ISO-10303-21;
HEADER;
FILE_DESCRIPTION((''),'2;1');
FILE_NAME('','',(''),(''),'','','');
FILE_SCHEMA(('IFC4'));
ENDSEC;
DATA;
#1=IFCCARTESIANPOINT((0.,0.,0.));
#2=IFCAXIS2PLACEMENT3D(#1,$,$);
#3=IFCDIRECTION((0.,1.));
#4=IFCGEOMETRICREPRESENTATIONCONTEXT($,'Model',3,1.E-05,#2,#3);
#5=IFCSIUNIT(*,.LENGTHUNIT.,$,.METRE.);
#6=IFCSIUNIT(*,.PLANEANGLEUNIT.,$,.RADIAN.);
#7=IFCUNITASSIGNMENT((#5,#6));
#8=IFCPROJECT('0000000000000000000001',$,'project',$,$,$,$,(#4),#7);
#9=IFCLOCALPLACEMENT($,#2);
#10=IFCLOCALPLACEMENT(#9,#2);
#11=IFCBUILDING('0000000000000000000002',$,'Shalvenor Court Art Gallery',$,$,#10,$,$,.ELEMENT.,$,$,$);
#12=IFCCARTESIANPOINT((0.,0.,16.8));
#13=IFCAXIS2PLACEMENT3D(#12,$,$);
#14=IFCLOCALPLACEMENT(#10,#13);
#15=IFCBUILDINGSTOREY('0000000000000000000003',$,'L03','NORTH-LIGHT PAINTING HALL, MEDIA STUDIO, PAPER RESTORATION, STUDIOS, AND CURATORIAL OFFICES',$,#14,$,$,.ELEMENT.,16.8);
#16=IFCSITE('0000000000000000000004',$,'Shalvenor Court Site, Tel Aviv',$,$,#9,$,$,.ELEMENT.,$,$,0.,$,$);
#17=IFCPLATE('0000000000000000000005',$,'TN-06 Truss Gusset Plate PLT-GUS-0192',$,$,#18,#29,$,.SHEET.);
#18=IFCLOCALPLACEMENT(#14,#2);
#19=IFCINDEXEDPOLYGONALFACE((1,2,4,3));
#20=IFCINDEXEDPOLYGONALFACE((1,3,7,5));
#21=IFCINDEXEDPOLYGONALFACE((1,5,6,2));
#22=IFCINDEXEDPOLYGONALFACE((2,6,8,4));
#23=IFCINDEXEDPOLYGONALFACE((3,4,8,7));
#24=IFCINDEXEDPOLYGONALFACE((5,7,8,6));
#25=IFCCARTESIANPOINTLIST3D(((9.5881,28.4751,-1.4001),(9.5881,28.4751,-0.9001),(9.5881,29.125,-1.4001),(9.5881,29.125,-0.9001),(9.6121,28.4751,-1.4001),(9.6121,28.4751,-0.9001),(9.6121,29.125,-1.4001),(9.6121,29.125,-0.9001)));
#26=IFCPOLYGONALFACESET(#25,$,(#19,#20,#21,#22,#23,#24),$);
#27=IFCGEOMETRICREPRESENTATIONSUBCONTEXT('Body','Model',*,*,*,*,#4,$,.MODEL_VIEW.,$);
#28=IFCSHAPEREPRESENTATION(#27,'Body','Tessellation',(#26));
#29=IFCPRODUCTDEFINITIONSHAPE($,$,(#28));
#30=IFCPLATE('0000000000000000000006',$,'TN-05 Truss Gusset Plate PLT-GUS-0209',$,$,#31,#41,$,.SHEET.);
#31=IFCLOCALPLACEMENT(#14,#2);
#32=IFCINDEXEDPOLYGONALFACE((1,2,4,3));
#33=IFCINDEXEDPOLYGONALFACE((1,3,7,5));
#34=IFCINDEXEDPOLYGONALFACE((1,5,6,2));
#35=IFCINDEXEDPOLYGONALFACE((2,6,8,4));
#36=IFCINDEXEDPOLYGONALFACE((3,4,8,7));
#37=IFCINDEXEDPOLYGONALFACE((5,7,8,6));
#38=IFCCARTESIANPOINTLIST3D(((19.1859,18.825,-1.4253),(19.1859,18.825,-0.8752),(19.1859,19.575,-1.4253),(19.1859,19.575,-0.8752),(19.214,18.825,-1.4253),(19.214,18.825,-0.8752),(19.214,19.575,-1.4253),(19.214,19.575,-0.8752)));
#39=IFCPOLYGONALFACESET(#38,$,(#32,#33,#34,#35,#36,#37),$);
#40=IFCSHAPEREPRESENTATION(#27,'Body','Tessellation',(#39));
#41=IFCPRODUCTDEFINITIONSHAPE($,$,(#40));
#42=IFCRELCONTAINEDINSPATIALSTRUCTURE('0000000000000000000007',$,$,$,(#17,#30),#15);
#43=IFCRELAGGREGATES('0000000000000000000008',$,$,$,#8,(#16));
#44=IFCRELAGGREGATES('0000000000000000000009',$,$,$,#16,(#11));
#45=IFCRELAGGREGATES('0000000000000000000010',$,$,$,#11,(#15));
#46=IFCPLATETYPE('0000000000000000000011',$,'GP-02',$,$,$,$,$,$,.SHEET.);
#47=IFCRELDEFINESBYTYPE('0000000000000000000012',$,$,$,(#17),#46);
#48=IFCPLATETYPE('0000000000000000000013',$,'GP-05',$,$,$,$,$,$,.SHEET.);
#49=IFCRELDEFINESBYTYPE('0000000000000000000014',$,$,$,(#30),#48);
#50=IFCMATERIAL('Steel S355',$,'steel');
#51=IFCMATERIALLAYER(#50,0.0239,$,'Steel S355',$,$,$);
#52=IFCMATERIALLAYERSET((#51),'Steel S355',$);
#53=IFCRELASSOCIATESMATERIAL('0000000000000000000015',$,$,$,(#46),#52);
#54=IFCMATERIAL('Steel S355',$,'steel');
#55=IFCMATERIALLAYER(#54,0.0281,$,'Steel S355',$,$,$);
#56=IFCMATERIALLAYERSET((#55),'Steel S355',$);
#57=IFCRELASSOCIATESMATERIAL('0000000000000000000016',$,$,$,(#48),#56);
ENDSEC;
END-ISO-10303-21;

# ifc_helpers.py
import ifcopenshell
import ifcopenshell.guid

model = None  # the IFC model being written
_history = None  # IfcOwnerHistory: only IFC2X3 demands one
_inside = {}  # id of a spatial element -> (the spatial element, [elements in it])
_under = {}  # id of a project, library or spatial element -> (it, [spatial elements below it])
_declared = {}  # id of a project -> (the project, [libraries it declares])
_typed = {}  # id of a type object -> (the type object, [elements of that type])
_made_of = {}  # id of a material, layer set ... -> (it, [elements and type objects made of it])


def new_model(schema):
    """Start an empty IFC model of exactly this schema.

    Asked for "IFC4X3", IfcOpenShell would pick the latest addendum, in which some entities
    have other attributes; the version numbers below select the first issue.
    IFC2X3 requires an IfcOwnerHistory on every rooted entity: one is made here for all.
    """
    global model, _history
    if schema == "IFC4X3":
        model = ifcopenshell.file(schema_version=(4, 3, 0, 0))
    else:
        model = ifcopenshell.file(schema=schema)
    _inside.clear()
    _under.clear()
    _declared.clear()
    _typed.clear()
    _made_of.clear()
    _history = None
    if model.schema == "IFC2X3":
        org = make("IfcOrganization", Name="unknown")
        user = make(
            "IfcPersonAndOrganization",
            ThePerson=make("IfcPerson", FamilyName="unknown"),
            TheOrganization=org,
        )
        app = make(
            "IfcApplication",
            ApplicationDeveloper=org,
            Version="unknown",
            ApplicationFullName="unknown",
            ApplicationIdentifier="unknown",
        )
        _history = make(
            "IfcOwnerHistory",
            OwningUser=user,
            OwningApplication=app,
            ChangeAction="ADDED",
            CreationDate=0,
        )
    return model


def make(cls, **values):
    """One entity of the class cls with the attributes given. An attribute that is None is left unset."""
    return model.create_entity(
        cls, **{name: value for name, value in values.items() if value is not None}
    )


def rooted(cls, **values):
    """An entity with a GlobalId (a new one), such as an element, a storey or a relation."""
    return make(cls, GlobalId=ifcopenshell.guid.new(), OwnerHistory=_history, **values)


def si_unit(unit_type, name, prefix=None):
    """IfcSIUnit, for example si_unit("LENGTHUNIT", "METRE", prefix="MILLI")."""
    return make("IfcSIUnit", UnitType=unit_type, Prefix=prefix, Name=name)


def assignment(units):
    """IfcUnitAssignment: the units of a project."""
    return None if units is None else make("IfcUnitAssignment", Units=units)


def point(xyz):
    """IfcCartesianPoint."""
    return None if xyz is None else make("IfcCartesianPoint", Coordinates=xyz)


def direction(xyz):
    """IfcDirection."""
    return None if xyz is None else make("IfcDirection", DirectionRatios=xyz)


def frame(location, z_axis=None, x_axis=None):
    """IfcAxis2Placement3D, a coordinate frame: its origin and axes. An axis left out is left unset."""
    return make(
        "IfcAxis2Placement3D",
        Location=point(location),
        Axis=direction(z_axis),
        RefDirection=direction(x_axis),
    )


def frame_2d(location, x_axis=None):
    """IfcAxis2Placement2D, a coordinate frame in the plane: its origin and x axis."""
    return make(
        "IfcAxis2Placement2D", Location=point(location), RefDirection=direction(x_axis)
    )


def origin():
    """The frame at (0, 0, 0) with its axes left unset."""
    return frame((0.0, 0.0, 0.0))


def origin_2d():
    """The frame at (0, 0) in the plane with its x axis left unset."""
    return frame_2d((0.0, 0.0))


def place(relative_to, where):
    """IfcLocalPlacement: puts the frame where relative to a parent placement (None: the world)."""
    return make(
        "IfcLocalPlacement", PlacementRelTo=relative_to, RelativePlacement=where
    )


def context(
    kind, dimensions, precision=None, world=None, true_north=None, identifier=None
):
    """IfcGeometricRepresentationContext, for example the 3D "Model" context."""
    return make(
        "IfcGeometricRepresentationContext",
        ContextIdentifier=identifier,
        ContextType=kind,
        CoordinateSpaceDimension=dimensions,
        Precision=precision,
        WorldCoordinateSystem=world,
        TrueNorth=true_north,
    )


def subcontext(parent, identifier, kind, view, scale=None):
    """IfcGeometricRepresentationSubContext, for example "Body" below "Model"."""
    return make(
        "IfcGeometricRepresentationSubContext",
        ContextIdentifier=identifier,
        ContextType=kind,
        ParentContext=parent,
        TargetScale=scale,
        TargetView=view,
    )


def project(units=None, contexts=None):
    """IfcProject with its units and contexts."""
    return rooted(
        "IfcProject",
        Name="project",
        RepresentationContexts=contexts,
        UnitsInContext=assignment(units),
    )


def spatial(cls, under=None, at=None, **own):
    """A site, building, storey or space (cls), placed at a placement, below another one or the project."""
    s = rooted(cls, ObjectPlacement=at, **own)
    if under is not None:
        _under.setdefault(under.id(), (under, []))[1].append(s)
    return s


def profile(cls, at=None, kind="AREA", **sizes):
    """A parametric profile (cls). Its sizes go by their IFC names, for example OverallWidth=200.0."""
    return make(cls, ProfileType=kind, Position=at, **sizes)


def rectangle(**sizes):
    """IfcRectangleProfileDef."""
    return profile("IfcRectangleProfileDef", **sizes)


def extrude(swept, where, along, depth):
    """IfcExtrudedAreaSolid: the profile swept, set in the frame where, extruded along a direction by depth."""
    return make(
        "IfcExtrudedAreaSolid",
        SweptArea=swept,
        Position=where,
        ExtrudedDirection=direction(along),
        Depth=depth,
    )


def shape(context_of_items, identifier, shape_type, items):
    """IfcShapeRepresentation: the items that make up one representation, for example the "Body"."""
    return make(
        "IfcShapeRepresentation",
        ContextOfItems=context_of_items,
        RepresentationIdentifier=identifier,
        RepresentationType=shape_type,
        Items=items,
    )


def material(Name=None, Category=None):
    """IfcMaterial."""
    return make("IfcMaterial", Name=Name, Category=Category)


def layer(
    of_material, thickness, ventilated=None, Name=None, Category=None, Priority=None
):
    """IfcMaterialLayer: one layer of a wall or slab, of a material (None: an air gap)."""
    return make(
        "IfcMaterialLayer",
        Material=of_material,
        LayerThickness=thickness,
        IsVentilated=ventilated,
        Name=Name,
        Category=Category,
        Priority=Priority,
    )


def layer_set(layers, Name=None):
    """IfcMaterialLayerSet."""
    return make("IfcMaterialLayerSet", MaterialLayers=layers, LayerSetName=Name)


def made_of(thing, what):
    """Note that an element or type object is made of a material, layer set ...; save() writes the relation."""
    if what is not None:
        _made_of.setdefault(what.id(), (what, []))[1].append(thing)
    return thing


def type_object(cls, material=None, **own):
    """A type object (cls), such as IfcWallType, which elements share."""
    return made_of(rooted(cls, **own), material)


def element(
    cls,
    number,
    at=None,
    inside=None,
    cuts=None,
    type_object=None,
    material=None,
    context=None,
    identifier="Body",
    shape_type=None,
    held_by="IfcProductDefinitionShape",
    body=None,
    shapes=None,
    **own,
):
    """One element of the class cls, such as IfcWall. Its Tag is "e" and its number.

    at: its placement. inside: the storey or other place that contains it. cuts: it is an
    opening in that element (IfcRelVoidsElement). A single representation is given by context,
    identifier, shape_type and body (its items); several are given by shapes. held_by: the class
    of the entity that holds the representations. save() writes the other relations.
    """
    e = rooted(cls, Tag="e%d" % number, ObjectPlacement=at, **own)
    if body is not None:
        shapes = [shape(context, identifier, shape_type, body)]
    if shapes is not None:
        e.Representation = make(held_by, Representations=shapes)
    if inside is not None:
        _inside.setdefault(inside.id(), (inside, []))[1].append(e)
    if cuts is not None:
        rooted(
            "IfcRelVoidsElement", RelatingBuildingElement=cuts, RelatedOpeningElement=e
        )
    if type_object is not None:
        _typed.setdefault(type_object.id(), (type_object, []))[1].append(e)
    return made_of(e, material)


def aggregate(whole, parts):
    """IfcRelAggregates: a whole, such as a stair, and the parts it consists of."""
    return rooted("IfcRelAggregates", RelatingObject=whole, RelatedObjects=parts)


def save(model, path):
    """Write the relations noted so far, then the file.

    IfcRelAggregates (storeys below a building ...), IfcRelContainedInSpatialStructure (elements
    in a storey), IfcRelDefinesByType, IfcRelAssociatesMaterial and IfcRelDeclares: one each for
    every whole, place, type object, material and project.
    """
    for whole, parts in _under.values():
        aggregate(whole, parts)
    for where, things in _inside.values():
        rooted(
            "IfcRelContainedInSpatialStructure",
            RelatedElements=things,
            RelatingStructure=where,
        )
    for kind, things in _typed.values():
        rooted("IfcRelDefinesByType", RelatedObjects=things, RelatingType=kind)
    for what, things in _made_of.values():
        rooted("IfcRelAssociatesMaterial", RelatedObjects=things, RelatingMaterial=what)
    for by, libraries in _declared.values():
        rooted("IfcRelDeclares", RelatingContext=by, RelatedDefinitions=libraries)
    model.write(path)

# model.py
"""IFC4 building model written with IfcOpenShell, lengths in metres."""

from ifc_helpers import new_model, si_unit, direction, frame, origin, origin_2d, place, context, subcontext, project, spatial, rectangle, extrude, material, layer, layer_set, type_object, element, save


model = new_model("IFC4")

# Units and contexts
model_context = context("Model", 3, precision=1e-05, world=origin(), true_north=direction((0.0, 1.0)))
body_context = subcontext(model_context, "Body", "Model", "MODEL_VIEW")
ifc_project = project(units=[si_unit("LENGTHUNIT", "METRE"), si_unit("PLANEANGLEUNIT", "RADIAN")], contexts=[model_context])

# Site, building, storey
site_placement = place(None, origin())
site = spatial("IfcSite", under=ifc_project, at=site_placement, Name="Shalvenor Court Site, Tel Aviv", CompositionType="ELEMENT", RefElevation=0.0)
building_placement = place(site_placement, origin())
building = spatial("IfcBuilding", under=site, at=building_placement, Name="Shalvenor Court Art Gallery", CompositionType="ELEMENT")
storey_placement = place(building_placement, frame((0.0, 0.0, 16.8)))
storey = spatial("IfcBuildingStorey", under=building, at=storey_placement, Name="L03", Description="NORTH-LIGHT PAINTING HALL, MEDIA STUDIO, PAPER RESTORATION, STUDIOS, AND CURATORIAL OFFICES", CompositionType="ELEMENT", Elevation=16.8)

# Plates
ifc_material_1 = material(Name="Steel S355", Category="steel")
ifc_layer_1 = layer(ifc_material_1, 0.0239, Name="Steel S355")
ifc_layer_set_1 = layer_set([ifc_layer_1], Name="Steel S355")
plate_type_1 = type_object("IfcPlateType", Name="GP-02", PredefinedType="SHEET", material=ifc_layer_set_1)
plate_1_placement = place(storey_placement, frame((9.6001, 28.8, -1.4001), z_axis=(0.0, 0.0, 1.0), x_axis=(0.0, 1.0, 0.0)))
element("IfcPlate", 1, at=plate_1_placement, inside=storey, type_object=plate_type_1, Name="TN-06 Truss Gusset Plate PLT-GUS-0192", PredefinedType="SHEET", context=body_context, shape_type="SweptSolid", body=[
    extrude(rectangle(XDim=0.6499, YDim=0.0239, at=origin_2d()), origin(), (0.0, 0.0, 1.0), 0.5),
])
ifc_material_2 = material(Name="Steel S355", Category="steel")
ifc_layer_2 = layer(ifc_material_2, 0.0281, Name="Steel S355")
ifc_layer_set_2 = layer_set([ifc_layer_2], Name="Steel S355")
plate_type_2 = type_object("IfcPlateType", Name="GP-05", PredefinedType="SHEET", material=ifc_layer_set_2)
plate_2_placement = place(storey_placement, frame((19.2, 19.2, -1.4253), z_axis=(0.0, 0.0, 1.0), x_axis=(0.0, 1.0, 0.0)))
element("IfcPlate", 2, at=plate_2_placement, inside=storey, type_object=plate_type_2, Name="TN-05 Truss Gusset Plate PLT-GUS-0209", PredefinedType="SHEET", context=body_context, shape_type="SweptSolid", body=[
    extrude(rectangle(XDim=0.75, YDim=0.0281, at=origin_2d()), origin(), (0.0, 0.0, 1.0), 0.55),
])

save(model, "model.ifc")
